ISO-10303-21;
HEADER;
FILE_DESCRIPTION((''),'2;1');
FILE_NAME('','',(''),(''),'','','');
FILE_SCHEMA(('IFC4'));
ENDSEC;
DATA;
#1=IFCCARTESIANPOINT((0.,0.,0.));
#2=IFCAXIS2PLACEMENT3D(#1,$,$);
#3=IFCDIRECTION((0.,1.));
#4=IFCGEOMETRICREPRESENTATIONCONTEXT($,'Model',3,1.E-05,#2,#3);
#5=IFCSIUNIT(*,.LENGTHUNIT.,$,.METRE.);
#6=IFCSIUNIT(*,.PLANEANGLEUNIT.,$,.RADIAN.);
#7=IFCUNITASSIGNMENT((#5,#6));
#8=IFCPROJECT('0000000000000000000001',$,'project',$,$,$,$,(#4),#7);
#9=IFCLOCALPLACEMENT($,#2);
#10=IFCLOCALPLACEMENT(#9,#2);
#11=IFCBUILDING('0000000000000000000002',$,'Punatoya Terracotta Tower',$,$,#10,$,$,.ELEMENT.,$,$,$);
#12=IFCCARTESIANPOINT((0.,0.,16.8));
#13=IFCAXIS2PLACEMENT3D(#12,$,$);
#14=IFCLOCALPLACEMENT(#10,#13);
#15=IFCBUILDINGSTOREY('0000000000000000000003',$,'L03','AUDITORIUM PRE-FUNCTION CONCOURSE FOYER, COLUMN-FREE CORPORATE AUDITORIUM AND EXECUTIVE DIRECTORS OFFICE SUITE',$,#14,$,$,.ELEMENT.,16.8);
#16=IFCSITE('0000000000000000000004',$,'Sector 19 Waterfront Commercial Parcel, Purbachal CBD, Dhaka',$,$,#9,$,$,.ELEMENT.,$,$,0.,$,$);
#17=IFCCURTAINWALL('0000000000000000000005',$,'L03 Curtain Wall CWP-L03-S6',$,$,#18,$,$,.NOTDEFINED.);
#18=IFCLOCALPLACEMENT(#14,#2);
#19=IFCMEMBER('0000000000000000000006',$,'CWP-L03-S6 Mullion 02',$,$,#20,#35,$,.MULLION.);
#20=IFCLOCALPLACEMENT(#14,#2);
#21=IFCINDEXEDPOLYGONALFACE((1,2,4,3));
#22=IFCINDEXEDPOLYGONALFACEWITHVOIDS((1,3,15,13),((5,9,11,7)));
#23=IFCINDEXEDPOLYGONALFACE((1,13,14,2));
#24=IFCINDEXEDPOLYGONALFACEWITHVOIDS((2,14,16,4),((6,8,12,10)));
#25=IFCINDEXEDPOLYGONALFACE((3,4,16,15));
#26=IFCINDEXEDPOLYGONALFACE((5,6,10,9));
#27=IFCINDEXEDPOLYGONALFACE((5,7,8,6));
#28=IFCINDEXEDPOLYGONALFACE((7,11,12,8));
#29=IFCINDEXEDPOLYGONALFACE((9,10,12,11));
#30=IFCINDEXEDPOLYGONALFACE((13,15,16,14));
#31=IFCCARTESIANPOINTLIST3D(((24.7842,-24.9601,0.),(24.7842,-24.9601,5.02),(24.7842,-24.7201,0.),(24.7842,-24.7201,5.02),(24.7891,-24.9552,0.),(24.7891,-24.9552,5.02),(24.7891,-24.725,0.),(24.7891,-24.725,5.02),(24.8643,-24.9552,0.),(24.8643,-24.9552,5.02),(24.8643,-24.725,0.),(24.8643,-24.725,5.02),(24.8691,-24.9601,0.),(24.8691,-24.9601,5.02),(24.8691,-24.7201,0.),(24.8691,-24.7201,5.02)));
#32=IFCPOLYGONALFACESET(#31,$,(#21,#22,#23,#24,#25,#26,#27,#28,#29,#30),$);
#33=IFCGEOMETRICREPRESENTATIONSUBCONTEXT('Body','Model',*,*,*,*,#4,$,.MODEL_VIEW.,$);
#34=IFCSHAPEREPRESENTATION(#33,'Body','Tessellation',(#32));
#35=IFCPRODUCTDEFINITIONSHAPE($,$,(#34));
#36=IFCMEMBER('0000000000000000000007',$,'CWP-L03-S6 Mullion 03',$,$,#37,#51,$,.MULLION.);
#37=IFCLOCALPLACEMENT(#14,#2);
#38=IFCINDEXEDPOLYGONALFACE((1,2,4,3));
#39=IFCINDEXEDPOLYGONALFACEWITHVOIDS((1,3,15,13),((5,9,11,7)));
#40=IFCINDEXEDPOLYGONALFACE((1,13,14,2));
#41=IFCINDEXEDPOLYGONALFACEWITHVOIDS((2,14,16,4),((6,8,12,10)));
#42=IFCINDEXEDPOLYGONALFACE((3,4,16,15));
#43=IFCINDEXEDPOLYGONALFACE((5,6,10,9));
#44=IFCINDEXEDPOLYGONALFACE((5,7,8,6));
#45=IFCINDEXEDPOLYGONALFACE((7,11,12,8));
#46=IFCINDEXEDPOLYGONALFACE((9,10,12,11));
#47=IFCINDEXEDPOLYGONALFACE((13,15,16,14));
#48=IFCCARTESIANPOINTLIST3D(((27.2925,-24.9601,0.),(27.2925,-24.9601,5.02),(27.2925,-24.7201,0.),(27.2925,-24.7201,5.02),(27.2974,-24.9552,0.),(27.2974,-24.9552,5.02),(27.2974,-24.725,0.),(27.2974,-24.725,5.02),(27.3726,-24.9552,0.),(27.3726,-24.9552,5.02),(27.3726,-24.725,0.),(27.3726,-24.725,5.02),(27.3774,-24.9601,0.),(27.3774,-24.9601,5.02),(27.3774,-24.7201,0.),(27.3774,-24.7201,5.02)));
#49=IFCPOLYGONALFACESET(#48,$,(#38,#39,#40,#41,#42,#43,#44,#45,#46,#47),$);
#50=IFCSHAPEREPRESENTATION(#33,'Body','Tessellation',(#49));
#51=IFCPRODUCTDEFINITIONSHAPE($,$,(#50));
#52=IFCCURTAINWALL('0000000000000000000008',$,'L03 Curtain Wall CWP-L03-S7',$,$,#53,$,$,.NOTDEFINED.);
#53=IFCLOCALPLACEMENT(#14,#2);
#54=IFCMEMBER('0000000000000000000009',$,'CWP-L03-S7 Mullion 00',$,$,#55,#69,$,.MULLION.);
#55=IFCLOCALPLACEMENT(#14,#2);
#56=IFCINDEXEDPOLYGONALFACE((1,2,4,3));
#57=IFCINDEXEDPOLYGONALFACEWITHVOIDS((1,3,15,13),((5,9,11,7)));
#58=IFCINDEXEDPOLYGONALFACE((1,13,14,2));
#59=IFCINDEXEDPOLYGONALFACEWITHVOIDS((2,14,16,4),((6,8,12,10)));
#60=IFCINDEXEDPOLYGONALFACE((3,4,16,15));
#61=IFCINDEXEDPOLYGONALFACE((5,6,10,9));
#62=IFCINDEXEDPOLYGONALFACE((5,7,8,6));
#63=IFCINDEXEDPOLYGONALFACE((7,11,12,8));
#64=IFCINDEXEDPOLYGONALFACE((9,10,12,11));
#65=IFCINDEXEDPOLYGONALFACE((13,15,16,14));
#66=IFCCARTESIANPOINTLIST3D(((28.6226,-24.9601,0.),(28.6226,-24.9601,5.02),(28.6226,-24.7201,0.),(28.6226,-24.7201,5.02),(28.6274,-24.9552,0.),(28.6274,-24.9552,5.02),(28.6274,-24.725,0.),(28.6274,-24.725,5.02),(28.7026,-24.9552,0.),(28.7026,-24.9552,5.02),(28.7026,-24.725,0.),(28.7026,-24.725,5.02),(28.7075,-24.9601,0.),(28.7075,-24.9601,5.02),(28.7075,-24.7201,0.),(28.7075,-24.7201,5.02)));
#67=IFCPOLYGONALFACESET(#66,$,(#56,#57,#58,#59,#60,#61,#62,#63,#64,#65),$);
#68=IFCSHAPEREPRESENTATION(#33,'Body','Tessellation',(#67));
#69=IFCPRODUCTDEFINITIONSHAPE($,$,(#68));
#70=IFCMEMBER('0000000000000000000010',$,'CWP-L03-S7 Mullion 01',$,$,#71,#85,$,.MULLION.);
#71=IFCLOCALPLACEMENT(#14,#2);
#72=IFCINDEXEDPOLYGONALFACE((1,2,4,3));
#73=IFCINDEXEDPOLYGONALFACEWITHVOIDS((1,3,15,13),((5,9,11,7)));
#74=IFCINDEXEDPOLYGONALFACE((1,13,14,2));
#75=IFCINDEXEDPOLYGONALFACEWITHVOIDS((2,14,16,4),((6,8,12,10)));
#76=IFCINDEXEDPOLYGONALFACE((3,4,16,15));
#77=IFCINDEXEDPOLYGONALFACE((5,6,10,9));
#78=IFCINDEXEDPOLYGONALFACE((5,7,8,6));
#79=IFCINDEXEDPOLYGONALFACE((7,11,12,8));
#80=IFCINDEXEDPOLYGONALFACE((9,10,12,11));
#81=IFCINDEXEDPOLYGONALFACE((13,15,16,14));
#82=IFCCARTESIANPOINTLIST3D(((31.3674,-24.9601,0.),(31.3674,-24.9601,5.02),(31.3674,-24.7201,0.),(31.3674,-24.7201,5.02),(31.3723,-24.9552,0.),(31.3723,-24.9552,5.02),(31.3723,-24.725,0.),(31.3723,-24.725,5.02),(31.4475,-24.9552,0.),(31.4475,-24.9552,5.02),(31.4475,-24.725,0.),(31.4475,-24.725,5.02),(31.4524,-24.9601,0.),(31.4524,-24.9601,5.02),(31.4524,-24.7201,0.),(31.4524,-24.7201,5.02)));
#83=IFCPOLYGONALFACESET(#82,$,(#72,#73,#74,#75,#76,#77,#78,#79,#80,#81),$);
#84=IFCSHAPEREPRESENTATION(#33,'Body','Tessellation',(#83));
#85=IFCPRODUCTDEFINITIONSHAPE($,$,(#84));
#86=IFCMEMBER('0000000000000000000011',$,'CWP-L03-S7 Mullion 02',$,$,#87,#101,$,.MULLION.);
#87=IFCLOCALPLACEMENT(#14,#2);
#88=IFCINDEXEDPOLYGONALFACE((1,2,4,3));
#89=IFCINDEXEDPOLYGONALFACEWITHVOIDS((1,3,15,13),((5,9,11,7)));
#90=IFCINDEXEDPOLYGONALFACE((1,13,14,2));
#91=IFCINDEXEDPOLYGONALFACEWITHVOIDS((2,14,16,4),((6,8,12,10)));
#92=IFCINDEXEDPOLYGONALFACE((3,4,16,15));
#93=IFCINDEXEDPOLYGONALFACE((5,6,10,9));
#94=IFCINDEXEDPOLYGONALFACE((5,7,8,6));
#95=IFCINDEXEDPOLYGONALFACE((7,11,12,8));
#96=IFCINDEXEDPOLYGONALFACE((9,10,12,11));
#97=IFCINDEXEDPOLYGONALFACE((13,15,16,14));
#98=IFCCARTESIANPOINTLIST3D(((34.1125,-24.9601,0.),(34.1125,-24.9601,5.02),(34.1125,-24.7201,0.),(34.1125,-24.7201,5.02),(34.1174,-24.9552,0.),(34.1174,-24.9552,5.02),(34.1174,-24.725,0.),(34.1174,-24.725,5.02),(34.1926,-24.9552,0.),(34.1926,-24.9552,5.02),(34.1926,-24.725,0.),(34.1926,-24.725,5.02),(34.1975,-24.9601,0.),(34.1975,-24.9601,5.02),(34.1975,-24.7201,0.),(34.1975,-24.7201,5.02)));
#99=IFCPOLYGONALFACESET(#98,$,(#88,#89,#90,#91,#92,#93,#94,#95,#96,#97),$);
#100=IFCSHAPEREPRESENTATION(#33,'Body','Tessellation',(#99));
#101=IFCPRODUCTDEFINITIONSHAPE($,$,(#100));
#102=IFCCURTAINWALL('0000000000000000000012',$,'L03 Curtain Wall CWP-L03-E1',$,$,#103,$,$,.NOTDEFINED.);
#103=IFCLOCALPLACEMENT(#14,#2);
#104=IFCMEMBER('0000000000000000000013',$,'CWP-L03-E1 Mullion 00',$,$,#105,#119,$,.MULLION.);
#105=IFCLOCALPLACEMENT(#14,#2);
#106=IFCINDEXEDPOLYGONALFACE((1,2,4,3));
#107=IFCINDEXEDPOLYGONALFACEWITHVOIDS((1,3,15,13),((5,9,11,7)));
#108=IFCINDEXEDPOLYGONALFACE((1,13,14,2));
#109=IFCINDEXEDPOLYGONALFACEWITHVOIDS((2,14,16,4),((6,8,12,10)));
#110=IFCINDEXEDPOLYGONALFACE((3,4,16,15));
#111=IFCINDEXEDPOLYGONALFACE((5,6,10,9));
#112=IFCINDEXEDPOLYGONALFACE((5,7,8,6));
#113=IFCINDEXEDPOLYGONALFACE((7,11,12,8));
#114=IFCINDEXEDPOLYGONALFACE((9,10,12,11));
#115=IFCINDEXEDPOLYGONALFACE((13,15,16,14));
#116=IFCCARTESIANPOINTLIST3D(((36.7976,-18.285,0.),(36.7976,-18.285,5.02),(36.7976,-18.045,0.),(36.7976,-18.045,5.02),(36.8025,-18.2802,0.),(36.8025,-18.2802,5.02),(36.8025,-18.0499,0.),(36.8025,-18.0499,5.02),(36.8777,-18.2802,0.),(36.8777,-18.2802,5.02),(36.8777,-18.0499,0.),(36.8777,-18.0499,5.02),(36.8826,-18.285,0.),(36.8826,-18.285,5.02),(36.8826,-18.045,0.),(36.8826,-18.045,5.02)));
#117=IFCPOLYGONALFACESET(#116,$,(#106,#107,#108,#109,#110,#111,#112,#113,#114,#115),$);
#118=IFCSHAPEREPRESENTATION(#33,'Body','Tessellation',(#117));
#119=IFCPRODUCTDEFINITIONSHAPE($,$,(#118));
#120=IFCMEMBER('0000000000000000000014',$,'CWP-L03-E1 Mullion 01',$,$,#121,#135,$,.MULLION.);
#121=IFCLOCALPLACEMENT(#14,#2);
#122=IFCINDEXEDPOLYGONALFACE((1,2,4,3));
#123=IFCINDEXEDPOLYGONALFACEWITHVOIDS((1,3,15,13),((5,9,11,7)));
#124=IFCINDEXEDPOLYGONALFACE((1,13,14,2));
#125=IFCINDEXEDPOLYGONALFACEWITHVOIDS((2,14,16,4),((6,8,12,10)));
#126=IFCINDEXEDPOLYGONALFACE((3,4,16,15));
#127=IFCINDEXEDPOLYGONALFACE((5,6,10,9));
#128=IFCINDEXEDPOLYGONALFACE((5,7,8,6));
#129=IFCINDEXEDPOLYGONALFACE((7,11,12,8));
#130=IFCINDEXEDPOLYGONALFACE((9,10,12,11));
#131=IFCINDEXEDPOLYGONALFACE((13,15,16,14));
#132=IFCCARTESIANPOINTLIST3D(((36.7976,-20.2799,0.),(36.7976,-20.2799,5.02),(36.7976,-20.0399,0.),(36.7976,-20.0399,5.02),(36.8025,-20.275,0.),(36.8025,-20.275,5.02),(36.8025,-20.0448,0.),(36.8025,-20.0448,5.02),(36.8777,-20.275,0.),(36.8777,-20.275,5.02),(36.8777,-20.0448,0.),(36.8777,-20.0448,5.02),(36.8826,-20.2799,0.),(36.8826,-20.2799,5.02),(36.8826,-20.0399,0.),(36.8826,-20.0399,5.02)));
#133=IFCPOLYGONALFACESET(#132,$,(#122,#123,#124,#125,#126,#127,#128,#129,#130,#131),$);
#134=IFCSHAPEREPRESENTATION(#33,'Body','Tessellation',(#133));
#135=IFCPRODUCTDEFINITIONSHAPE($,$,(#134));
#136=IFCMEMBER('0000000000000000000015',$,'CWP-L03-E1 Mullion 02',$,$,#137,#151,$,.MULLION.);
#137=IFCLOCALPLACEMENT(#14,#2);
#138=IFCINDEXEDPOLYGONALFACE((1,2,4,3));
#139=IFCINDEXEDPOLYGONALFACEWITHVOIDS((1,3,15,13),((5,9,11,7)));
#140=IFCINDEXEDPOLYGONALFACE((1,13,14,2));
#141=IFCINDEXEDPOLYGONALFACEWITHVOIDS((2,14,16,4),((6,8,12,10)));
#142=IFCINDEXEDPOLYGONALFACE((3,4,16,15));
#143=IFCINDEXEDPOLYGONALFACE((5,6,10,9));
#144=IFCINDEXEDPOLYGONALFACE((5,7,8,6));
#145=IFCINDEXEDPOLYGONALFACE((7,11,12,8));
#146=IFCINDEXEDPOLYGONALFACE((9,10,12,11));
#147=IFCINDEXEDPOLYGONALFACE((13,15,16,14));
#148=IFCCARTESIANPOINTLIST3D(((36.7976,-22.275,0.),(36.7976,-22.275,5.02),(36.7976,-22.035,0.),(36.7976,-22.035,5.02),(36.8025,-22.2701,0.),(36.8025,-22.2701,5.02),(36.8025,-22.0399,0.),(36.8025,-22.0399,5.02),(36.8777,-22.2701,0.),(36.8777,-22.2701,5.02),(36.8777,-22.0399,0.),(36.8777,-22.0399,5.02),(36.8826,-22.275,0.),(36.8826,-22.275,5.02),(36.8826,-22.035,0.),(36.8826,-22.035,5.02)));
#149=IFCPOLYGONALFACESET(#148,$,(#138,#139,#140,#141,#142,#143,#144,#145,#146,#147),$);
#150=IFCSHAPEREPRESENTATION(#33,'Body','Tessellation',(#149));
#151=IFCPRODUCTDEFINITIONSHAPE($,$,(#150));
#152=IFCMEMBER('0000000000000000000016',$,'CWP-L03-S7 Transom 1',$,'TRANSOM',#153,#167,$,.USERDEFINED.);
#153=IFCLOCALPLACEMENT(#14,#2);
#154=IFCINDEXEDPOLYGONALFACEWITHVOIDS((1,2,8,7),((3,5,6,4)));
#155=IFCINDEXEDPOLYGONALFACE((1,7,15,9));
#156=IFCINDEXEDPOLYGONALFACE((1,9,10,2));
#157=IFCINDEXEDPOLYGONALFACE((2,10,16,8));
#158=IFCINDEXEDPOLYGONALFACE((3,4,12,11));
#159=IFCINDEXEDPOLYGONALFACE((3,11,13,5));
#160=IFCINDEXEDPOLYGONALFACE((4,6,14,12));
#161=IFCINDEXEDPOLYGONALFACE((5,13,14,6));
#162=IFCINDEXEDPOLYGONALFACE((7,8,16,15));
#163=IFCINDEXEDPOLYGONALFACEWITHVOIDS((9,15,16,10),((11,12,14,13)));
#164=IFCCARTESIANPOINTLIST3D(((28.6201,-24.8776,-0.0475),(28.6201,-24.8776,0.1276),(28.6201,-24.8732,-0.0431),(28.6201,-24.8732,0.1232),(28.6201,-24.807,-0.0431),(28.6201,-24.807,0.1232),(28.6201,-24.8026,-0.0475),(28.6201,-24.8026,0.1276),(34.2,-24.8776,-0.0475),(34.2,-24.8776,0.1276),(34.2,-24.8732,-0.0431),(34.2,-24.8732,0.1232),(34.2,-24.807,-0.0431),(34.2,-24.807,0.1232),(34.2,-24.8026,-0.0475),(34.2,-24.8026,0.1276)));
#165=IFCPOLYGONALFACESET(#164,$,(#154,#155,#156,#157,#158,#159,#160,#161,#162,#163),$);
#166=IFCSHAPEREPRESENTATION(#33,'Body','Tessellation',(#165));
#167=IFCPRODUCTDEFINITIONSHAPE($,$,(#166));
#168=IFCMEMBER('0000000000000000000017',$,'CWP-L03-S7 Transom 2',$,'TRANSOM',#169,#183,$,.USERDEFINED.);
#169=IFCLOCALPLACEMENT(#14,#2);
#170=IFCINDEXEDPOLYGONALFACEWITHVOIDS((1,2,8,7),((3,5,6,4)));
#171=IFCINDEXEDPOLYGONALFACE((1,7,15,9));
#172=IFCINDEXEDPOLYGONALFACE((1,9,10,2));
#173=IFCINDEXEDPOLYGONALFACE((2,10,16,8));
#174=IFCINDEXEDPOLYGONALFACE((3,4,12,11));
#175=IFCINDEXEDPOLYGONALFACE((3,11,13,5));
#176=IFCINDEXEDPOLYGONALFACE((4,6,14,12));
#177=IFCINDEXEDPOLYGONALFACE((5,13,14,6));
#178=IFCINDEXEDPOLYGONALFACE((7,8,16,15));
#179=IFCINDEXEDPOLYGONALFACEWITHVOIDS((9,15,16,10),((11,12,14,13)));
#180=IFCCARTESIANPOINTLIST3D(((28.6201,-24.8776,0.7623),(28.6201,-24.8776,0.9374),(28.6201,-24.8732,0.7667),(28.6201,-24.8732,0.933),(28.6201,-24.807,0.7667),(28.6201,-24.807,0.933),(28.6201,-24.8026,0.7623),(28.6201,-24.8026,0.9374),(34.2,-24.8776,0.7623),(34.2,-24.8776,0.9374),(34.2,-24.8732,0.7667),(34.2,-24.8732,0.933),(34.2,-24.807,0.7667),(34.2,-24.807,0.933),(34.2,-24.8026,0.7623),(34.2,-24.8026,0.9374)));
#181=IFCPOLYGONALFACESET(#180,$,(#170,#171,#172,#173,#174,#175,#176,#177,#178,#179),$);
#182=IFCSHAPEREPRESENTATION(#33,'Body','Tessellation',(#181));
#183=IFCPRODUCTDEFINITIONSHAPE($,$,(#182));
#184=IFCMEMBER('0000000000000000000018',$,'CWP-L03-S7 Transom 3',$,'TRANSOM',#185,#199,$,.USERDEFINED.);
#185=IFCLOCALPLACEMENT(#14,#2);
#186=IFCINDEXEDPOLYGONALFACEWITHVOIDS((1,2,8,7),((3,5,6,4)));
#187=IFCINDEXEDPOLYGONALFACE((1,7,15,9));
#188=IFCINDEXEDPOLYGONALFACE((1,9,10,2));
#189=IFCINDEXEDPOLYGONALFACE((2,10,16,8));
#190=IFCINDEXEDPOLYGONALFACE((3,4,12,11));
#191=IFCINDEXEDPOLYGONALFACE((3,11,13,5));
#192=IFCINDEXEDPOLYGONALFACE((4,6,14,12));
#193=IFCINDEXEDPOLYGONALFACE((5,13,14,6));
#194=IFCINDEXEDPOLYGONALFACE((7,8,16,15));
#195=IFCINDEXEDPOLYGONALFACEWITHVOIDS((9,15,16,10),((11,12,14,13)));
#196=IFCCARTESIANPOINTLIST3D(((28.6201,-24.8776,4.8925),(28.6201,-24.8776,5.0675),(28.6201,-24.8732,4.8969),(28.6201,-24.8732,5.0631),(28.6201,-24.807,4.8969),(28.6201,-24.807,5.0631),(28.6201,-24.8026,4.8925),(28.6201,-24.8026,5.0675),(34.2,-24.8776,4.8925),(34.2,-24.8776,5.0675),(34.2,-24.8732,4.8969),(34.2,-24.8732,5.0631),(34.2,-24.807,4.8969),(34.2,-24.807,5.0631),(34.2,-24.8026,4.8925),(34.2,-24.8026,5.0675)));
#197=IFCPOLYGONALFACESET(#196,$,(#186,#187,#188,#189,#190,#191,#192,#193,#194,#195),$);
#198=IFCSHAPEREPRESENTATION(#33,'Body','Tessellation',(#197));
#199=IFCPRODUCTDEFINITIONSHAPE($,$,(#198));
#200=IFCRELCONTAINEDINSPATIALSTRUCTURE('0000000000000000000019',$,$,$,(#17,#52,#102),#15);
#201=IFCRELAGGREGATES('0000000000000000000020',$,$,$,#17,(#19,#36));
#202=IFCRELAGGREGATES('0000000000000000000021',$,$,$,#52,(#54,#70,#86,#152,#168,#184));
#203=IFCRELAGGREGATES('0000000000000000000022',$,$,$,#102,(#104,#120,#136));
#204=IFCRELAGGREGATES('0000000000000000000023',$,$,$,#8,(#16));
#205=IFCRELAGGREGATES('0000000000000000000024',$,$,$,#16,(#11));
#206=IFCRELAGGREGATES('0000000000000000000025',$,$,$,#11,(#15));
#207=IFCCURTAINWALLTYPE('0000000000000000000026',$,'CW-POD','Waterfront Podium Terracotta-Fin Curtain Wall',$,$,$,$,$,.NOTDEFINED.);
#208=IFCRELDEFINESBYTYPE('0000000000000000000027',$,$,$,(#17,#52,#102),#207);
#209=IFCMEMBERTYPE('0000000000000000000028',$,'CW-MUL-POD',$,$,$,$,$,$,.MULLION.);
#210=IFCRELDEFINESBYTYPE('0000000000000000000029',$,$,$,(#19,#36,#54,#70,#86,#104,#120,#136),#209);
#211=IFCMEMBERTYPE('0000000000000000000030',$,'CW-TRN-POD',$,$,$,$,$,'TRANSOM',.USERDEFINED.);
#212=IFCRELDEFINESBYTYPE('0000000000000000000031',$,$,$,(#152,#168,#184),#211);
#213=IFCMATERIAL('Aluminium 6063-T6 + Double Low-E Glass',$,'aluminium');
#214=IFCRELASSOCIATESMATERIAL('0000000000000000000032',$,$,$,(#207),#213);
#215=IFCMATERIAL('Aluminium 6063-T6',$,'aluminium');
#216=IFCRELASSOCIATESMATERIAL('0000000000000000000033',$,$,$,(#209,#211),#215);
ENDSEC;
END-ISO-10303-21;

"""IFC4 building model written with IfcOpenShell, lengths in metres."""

from ifc_helpers import new_model, si_unit, direction, frame, origin, origin_2d, place, context, subcontext, project, spatial, hollow_rectangle, extrude, material, material_profile, profile_set, type_object, element, aggregate, save


model = new_model("IFC4")

# Units and contexts
model_context = context("Model", 3, precision=1e-05, world=origin(), true_north=direction((0.0, 1.0)))
body_context = subcontext(model_context, "Body", "Model", "MODEL_VIEW")
ifc_project = project(units=[si_unit("LENGTHUNIT", "METRE"), si_unit("PLANEANGLEUNIT", "RADIAN")], contexts=[model_context])

# Site, building, storey
site_placement = place(None, origin())
site = spatial("IfcSite", under=ifc_project, at=site_placement, Name="Sector 19 Waterfront Commercial Parcel, Purbachal CBD, Dhaka", CompositionType="ELEMENT", RefElevation=0.0)
building_placement = place(site_placement, origin())
building = spatial("IfcBuilding", under=site, at=building_placement, Name="Punatoya Terracotta Tower", CompositionType="ELEMENT")
storey_placement = place(building_placement, frame((0.0, 0.0, 16.8)))
storey = spatial("IfcBuildingStorey", under=building, at=storey_placement, Name="L03", Description="AUDITORIUM PRE-FUNCTION CONCOURSE FOYER, COLUMN-FREE CORPORATE AUDITORIUM AND EXECUTIVE DIRECTORS OFFICE SUITE", CompositionType="ELEMENT", Elevation=16.8)

# Curtain walls, members
ifc_material_1 = material(Name="Aluminium 6063-T6 + Double Low-E Glass", Category="aluminium")
curtain_wall_type = type_object("IfcCurtainWallType", Name="CW-POD", Description="Waterfront Podium Terracotta-Fin Curtain Wall", PredefinedType="NOTDEFINED", material=ifc_material_1)
curtain_wall_1_placement = place(storey_placement, origin())
curtain_wall_1 = element("IfcCurtainWall", 1, at=curtain_wall_1_placement, inside=storey, type_object=curtain_wall_type, Name="L03 Curtain Wall CWP-L03-S6", PredefinedType="NOTDEFINED")
ifc_material_2 = material(Name="Aluminium 6063-T6", Category="aluminium")
ifc_material_profile_1 = material_profile(ifc_material_2, hollow_rectangle(XDim=0.085, YDim=0.24, WallThickness=0.0049, at=origin_2d()))
ifc_profile_set_1 = profile_set([ifc_material_profile_1], Name="Aluminium 6063-T6")
member_type_1 = type_object("IfcMemberType", Name="CW-MUL-POD", PredefinedType="MULLION", material=ifc_profile_set_1)
member_1_placement = place(storey_placement, frame((24.8267, -24.8401, 0.0), z_axis=(0.0, 0.0, 1.0), x_axis=(1.0, 0.0, 0.0)))
member_1 = element("IfcMember", 2, at=member_1_placement, type_object=member_type_1, Name="CWP-L03-S6 Mullion 02", PredefinedType="MULLION", context=body_context, shape_type="SweptSolid", body=[
    extrude(hollow_rectangle(XDim=0.085, YDim=0.24, WallThickness=0.0049, at=origin_2d()), origin(), (0.0, 0.0, 1.0), 5.02),
])
member_2_placement = place(storey_placement, frame((27.335, -24.8401, 0.0), z_axis=(0.0, 0.0, 1.0), x_axis=(1.0, 0.0, 0.0)))
member_2 = element("IfcMember", 3, at=member_2_placement, type_object=member_type_1, Name="CWP-L03-S6 Mullion 03", PredefinedType="MULLION", context=body_context, shape_type="SweptSolid", body=[
    extrude(hollow_rectangle(XDim=0.085, YDim=0.24, WallThickness=0.0049, at=origin_2d()), origin(), (0.0, 0.0, 1.0), 5.02),
])
curtain_wall_2_placement = place(storey_placement, origin())
curtain_wall_2 = element("IfcCurtainWall", 4, at=curtain_wall_2_placement, inside=storey, type_object=curtain_wall_type, Name="L03 Curtain Wall CWP-L03-S7", PredefinedType="NOTDEFINED")
member_3_placement = place(storey_placement, frame((28.665, -24.8401, 0.0), z_axis=(0.0, 0.0, 1.0), x_axis=(1.0, 0.0, 0.0)))
member_3 = element("IfcMember", 5, at=member_3_placement, type_object=member_type_1, Name="CWP-L03-S7 Mullion 00", PredefinedType="MULLION", context=body_context, shape_type="SweptSolid", body=[
    extrude(hollow_rectangle(XDim=0.085, YDim=0.24, WallThickness=0.0049, at=origin_2d()), origin(), (0.0, 0.0, 1.0), 5.02),
])
member_4_placement = place(storey_placement, frame((31.4099, -24.8401, 0.0), z_axis=(0.0, 0.0, 1.0), x_axis=(1.0, 0.0, 0.0)))
member_4 = element("IfcMember", 6, at=member_4_placement, type_object=member_type_1, Name="CWP-L03-S7 Mullion 01", PredefinedType="MULLION", context=body_context, shape_type="SweptSolid", body=[
    extrude(hollow_rectangle(XDim=0.085, YDim=0.24, WallThickness=0.0049, at=origin_2d()), origin(), (0.0, 0.0, 1.0), 5.02),
])
member_5_placement = place(storey_placement, frame((34.155, -24.8401, 0.0), z_axis=(0.0, 0.0, 1.0), x_axis=(1.0, 0.0, 0.0)))
member_5 = element("IfcMember", 7, at=member_5_placement, type_object=member_type_1, Name="CWP-L03-S7 Mullion 02", PredefinedType="MULLION", context=body_context, shape_type="SweptSolid", body=[
    extrude(hollow_rectangle(XDim=0.085, YDim=0.24, WallThickness=0.0049, at=origin_2d()), origin(), (0.0, 0.0, 1.0), 5.02),
])
curtain_wall_3_placement = place(storey_placement, origin())
curtain_wall_3 = element("IfcCurtainWall", 8, at=curtain_wall_3_placement, inside=storey, type_object=curtain_wall_type, Name="L03 Curtain Wall CWP-L03-E1", PredefinedType="NOTDEFINED")
member_6_placement = place(storey_placement, frame((36.8401, -18.165, 0.0), z_axis=(0.0, 0.0, 1.0), x_axis=(1.0, 0.0, 0.0)))
member_6 = element("IfcMember", 9, at=member_6_placement, type_object=member_type_1, Name="CWP-L03-E1 Mullion 00", PredefinedType="MULLION", context=body_context, shape_type="SweptSolid", body=[
    extrude(hollow_rectangle(XDim=0.085, YDim=0.24, WallThickness=0.0049, at=origin_2d()), origin(), (0.0, 0.0, 1.0), 5.02),
])
member_7_placement = place(storey_placement, frame((36.8401, -20.1599, 0.0), z_axis=(0.0, 0.0, 1.0), x_axis=(1.0, 0.0, 0.0)))
member_7 = element("IfcMember", 10, at=member_7_placement, type_object=member_type_1, Name="CWP-L03-E1 Mullion 01", PredefinedType="MULLION", context=body_context, shape_type="SweptSolid", body=[
    extrude(hollow_rectangle(XDim=0.085, YDim=0.24, WallThickness=0.0049, at=origin_2d()), origin(), (0.0, 0.0, 1.0), 5.02),
])
member_8_placement = place(storey_placement, frame((36.8401, -22.155, 0.0), z_axis=(0.0, 0.0, 1.0), x_axis=(1.0, 0.0, 0.0)))
member_8 = element("IfcMember", 11, at=member_8_placement, type_object=member_type_1, Name="CWP-L03-E1 Mullion 02", PredefinedType="MULLION", context=body_context, shape_type="SweptSolid", body=[
    extrude(hollow_rectangle(XDim=0.085, YDim=0.24, WallThickness=0.0049, at=origin_2d()), origin(), (0.0, 0.0, 1.0), 5.02),
])

# Members
ifc_material_profile_2 = material_profile(ifc_material_2, hollow_rectangle(XDim=0.075, YDim=0.175, WallThickness=0.0044, at=origin_2d()))
ifc_profile_set_2 = profile_set([ifc_material_profile_2], Name="Aluminium 6063-T6")
member_type_2 = type_object("IfcMemberType", Name="CW-TRN-POD", ElementType="TRANSOM", PredefinedType="USERDEFINED", material=ifc_profile_set_2)
member_9_placement = place(storey_placement, frame((28.6201, -24.8401, 0.04), z_axis=(1.0, 0.0, 0.0), x_axis=(0.0, 1.0, 0.0)))
member_9 = element("IfcMember", 12, at=member_9_placement, type_object=member_type_2, Name="CWP-L03-S7 Transom 1", ObjectType="TRANSOM", PredefinedType="USERDEFINED", context=body_context, shape_type="SweptSolid", body=[
    extrude(hollow_rectangle(XDim=0.075, YDim=0.175, WallThickness=0.0044, at=origin_2d()), origin(), (0.0, 0.0, 1.0), 5.5798),
])
member_10_placement = place(storey_placement, frame((28.6201, -24.8401, 0.8499), z_axis=(1.0, 0.0, 0.0), x_axis=(0.0, 1.0, 0.0)))
member_10 = element("IfcMember", 13, at=member_10_placement, type_object=member_type_2, Name="CWP-L03-S7 Transom 2", ObjectType="TRANSOM", PredefinedType="USERDEFINED", context=body_context, shape_type="SweptSolid", body=[
    extrude(hollow_rectangle(XDim=0.075, YDim=0.175, WallThickness=0.0044, at=origin_2d()), origin(), (0.0, 0.0, 1.0), 5.5798),
])
member_11_placement = place(storey_placement, frame((28.6201, -24.8401, 4.98), z_axis=(1.0, 0.0, 0.0), x_axis=(0.0, 1.0, 0.0)))
member_11 = element("IfcMember", 14, at=member_11_placement, type_object=member_type_2, Name="CWP-L03-S7 Transom 3", ObjectType="TRANSOM", PredefinedType="USERDEFINED", context=body_context, shape_type="SweptSolid", body=[
    extrude(hollow_rectangle(XDim=0.075, YDim=0.175, WallThickness=0.0044, at=origin_2d()), origin(), (0.0, 0.0, 1.0), 5.5798),
])

aggregate(curtain_wall_1, [member_1, member_2])
aggregate(curtain_wall_2, [member_3, member_4, member_5, member_9, member_10, member_11])
aggregate(curtain_wall_3, [member_6, member_7, member_8])

save(model, "model.ifc")
